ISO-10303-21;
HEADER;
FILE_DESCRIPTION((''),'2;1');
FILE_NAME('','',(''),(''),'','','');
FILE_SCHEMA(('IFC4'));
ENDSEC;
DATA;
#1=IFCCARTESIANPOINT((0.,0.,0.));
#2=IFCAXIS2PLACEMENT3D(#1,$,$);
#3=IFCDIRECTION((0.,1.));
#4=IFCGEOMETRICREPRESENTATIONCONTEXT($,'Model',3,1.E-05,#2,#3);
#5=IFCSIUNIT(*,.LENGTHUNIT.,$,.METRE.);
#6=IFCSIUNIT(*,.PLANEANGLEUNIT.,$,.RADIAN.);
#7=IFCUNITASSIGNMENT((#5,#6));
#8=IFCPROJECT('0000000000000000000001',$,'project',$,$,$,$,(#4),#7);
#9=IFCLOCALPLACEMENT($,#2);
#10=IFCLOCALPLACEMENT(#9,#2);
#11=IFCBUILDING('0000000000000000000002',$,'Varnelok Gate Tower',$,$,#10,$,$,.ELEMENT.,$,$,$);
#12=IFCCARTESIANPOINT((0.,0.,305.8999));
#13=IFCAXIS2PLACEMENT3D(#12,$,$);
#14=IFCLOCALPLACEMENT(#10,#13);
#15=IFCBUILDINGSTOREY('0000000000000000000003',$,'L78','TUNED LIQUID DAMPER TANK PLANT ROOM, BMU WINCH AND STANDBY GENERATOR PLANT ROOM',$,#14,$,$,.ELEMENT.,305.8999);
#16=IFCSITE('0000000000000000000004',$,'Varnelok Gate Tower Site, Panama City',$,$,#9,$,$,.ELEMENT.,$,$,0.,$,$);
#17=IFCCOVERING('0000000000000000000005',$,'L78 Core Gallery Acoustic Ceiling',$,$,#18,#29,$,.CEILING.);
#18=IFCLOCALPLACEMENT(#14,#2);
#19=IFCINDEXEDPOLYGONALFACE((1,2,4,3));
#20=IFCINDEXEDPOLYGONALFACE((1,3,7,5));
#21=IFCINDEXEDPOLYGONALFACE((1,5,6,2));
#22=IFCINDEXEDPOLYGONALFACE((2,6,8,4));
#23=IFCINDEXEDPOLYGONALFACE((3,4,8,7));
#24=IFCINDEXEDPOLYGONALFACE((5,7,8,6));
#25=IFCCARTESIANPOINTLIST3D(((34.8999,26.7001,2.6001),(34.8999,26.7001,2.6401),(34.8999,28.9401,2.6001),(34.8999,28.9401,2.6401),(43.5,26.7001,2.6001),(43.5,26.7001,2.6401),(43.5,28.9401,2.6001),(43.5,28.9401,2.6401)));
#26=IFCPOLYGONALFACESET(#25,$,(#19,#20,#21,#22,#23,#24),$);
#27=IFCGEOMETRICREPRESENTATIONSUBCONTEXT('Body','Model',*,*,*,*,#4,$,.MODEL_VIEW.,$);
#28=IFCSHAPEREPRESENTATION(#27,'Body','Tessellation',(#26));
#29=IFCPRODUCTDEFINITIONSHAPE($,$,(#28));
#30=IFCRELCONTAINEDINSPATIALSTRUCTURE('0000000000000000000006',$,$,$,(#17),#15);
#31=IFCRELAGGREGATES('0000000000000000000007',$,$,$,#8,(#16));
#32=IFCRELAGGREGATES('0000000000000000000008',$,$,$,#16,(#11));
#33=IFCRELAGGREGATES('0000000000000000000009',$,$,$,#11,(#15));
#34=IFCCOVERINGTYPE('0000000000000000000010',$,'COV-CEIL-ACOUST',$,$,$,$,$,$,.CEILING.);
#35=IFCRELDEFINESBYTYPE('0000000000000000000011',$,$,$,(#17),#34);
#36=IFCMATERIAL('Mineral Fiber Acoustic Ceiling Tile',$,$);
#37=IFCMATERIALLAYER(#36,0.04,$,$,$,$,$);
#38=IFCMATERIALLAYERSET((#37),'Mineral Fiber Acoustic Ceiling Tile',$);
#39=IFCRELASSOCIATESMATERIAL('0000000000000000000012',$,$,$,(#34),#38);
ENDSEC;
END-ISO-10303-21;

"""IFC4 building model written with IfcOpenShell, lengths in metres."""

from ifc_helpers import new_model, si_unit, direction, frame, origin, origin_2d, place, context, subcontext, project, spatial, rectangle, extrude, source, transform, mapped, material, layer, layer_set, type_object, element, save


model = new_model("IFC4")

# Units and contexts
model_context = context("Model", 3, precision=1e-05, world=origin(), true_north=direction((0.0, 1.0)))
body_context = subcontext(model_context, "Body", "Model", "MODEL_VIEW")
ifc_project = project(units=[si_unit("LENGTHUNIT", "METRE"), si_unit("PLANEANGLEUNIT", "RADIAN")], contexts=[model_context])

# Site, building, storey
site_placement = place(None, origin())
site = spatial("IfcSite", under=ifc_project, at=site_placement, Name="Varnelok Gate Tower Site, Panama City", CompositionType="ELEMENT", RefElevation=0.0)
building_placement = place(site_placement, origin())
building = spatial("IfcBuilding", under=site, at=building_placement, Name="Varnelok Gate Tower", CompositionType="ELEMENT")
storey_placement = place(building_placement, frame((0.0, 0.0, 305.8999)))
storey = spatial("IfcBuildingStorey", under=building, at=storey_placement, Name="L78", Description="TUNED LIQUID DAMPER TANK PLANT ROOM, BMU WINCH AND STANDBY GENERATOR PLANT ROOM", CompositionType="ELEMENT", Elevation=305.8999)

# Covering
ifc_material_1 = material(Name="Mineral Fiber Acoustic Ceiling Tile")
ifc_layer_1 = layer(ifc_material_1, 0.04)
ifc_layer_set_1 = layer_set([ifc_layer_1], Name="Mineral Fiber Acoustic Ceiling Tile")
covering_type_1 = type_object("IfcCoveringType", Name="COV-CEIL-ACOUST", PredefinedType="CEILING", material=ifc_layer_set_1)
shared_shape_1 = source(origin(), body_context, "Body", "SweptSolid", [
    extrude(rectangle(XDim=8.6001, YDim=2.24, at=origin_2d()), origin(), (0.0, 0.0, 1.0), 0.04),
])
covering_1_placement = place(storey_placement, frame((39.2, 27.8201, 2.6001), z_axis=(0.0, 0.0, 1.0), x_axis=(1.0, 0.0, 0.0)))
element("IfcCovering", 1, at=covering_1_placement, inside=storey, type_object=covering_type_1, Name="L78 Core Gallery Acoustic Ceiling", PredefinedType="CEILING", context=body_context, shape_type="MappedRepresentation", body=[
    mapped(shared_shape_1, transform((0.0, 0.0, 0.0), scale=1.0)),
])

save(model, "model.ifc")
